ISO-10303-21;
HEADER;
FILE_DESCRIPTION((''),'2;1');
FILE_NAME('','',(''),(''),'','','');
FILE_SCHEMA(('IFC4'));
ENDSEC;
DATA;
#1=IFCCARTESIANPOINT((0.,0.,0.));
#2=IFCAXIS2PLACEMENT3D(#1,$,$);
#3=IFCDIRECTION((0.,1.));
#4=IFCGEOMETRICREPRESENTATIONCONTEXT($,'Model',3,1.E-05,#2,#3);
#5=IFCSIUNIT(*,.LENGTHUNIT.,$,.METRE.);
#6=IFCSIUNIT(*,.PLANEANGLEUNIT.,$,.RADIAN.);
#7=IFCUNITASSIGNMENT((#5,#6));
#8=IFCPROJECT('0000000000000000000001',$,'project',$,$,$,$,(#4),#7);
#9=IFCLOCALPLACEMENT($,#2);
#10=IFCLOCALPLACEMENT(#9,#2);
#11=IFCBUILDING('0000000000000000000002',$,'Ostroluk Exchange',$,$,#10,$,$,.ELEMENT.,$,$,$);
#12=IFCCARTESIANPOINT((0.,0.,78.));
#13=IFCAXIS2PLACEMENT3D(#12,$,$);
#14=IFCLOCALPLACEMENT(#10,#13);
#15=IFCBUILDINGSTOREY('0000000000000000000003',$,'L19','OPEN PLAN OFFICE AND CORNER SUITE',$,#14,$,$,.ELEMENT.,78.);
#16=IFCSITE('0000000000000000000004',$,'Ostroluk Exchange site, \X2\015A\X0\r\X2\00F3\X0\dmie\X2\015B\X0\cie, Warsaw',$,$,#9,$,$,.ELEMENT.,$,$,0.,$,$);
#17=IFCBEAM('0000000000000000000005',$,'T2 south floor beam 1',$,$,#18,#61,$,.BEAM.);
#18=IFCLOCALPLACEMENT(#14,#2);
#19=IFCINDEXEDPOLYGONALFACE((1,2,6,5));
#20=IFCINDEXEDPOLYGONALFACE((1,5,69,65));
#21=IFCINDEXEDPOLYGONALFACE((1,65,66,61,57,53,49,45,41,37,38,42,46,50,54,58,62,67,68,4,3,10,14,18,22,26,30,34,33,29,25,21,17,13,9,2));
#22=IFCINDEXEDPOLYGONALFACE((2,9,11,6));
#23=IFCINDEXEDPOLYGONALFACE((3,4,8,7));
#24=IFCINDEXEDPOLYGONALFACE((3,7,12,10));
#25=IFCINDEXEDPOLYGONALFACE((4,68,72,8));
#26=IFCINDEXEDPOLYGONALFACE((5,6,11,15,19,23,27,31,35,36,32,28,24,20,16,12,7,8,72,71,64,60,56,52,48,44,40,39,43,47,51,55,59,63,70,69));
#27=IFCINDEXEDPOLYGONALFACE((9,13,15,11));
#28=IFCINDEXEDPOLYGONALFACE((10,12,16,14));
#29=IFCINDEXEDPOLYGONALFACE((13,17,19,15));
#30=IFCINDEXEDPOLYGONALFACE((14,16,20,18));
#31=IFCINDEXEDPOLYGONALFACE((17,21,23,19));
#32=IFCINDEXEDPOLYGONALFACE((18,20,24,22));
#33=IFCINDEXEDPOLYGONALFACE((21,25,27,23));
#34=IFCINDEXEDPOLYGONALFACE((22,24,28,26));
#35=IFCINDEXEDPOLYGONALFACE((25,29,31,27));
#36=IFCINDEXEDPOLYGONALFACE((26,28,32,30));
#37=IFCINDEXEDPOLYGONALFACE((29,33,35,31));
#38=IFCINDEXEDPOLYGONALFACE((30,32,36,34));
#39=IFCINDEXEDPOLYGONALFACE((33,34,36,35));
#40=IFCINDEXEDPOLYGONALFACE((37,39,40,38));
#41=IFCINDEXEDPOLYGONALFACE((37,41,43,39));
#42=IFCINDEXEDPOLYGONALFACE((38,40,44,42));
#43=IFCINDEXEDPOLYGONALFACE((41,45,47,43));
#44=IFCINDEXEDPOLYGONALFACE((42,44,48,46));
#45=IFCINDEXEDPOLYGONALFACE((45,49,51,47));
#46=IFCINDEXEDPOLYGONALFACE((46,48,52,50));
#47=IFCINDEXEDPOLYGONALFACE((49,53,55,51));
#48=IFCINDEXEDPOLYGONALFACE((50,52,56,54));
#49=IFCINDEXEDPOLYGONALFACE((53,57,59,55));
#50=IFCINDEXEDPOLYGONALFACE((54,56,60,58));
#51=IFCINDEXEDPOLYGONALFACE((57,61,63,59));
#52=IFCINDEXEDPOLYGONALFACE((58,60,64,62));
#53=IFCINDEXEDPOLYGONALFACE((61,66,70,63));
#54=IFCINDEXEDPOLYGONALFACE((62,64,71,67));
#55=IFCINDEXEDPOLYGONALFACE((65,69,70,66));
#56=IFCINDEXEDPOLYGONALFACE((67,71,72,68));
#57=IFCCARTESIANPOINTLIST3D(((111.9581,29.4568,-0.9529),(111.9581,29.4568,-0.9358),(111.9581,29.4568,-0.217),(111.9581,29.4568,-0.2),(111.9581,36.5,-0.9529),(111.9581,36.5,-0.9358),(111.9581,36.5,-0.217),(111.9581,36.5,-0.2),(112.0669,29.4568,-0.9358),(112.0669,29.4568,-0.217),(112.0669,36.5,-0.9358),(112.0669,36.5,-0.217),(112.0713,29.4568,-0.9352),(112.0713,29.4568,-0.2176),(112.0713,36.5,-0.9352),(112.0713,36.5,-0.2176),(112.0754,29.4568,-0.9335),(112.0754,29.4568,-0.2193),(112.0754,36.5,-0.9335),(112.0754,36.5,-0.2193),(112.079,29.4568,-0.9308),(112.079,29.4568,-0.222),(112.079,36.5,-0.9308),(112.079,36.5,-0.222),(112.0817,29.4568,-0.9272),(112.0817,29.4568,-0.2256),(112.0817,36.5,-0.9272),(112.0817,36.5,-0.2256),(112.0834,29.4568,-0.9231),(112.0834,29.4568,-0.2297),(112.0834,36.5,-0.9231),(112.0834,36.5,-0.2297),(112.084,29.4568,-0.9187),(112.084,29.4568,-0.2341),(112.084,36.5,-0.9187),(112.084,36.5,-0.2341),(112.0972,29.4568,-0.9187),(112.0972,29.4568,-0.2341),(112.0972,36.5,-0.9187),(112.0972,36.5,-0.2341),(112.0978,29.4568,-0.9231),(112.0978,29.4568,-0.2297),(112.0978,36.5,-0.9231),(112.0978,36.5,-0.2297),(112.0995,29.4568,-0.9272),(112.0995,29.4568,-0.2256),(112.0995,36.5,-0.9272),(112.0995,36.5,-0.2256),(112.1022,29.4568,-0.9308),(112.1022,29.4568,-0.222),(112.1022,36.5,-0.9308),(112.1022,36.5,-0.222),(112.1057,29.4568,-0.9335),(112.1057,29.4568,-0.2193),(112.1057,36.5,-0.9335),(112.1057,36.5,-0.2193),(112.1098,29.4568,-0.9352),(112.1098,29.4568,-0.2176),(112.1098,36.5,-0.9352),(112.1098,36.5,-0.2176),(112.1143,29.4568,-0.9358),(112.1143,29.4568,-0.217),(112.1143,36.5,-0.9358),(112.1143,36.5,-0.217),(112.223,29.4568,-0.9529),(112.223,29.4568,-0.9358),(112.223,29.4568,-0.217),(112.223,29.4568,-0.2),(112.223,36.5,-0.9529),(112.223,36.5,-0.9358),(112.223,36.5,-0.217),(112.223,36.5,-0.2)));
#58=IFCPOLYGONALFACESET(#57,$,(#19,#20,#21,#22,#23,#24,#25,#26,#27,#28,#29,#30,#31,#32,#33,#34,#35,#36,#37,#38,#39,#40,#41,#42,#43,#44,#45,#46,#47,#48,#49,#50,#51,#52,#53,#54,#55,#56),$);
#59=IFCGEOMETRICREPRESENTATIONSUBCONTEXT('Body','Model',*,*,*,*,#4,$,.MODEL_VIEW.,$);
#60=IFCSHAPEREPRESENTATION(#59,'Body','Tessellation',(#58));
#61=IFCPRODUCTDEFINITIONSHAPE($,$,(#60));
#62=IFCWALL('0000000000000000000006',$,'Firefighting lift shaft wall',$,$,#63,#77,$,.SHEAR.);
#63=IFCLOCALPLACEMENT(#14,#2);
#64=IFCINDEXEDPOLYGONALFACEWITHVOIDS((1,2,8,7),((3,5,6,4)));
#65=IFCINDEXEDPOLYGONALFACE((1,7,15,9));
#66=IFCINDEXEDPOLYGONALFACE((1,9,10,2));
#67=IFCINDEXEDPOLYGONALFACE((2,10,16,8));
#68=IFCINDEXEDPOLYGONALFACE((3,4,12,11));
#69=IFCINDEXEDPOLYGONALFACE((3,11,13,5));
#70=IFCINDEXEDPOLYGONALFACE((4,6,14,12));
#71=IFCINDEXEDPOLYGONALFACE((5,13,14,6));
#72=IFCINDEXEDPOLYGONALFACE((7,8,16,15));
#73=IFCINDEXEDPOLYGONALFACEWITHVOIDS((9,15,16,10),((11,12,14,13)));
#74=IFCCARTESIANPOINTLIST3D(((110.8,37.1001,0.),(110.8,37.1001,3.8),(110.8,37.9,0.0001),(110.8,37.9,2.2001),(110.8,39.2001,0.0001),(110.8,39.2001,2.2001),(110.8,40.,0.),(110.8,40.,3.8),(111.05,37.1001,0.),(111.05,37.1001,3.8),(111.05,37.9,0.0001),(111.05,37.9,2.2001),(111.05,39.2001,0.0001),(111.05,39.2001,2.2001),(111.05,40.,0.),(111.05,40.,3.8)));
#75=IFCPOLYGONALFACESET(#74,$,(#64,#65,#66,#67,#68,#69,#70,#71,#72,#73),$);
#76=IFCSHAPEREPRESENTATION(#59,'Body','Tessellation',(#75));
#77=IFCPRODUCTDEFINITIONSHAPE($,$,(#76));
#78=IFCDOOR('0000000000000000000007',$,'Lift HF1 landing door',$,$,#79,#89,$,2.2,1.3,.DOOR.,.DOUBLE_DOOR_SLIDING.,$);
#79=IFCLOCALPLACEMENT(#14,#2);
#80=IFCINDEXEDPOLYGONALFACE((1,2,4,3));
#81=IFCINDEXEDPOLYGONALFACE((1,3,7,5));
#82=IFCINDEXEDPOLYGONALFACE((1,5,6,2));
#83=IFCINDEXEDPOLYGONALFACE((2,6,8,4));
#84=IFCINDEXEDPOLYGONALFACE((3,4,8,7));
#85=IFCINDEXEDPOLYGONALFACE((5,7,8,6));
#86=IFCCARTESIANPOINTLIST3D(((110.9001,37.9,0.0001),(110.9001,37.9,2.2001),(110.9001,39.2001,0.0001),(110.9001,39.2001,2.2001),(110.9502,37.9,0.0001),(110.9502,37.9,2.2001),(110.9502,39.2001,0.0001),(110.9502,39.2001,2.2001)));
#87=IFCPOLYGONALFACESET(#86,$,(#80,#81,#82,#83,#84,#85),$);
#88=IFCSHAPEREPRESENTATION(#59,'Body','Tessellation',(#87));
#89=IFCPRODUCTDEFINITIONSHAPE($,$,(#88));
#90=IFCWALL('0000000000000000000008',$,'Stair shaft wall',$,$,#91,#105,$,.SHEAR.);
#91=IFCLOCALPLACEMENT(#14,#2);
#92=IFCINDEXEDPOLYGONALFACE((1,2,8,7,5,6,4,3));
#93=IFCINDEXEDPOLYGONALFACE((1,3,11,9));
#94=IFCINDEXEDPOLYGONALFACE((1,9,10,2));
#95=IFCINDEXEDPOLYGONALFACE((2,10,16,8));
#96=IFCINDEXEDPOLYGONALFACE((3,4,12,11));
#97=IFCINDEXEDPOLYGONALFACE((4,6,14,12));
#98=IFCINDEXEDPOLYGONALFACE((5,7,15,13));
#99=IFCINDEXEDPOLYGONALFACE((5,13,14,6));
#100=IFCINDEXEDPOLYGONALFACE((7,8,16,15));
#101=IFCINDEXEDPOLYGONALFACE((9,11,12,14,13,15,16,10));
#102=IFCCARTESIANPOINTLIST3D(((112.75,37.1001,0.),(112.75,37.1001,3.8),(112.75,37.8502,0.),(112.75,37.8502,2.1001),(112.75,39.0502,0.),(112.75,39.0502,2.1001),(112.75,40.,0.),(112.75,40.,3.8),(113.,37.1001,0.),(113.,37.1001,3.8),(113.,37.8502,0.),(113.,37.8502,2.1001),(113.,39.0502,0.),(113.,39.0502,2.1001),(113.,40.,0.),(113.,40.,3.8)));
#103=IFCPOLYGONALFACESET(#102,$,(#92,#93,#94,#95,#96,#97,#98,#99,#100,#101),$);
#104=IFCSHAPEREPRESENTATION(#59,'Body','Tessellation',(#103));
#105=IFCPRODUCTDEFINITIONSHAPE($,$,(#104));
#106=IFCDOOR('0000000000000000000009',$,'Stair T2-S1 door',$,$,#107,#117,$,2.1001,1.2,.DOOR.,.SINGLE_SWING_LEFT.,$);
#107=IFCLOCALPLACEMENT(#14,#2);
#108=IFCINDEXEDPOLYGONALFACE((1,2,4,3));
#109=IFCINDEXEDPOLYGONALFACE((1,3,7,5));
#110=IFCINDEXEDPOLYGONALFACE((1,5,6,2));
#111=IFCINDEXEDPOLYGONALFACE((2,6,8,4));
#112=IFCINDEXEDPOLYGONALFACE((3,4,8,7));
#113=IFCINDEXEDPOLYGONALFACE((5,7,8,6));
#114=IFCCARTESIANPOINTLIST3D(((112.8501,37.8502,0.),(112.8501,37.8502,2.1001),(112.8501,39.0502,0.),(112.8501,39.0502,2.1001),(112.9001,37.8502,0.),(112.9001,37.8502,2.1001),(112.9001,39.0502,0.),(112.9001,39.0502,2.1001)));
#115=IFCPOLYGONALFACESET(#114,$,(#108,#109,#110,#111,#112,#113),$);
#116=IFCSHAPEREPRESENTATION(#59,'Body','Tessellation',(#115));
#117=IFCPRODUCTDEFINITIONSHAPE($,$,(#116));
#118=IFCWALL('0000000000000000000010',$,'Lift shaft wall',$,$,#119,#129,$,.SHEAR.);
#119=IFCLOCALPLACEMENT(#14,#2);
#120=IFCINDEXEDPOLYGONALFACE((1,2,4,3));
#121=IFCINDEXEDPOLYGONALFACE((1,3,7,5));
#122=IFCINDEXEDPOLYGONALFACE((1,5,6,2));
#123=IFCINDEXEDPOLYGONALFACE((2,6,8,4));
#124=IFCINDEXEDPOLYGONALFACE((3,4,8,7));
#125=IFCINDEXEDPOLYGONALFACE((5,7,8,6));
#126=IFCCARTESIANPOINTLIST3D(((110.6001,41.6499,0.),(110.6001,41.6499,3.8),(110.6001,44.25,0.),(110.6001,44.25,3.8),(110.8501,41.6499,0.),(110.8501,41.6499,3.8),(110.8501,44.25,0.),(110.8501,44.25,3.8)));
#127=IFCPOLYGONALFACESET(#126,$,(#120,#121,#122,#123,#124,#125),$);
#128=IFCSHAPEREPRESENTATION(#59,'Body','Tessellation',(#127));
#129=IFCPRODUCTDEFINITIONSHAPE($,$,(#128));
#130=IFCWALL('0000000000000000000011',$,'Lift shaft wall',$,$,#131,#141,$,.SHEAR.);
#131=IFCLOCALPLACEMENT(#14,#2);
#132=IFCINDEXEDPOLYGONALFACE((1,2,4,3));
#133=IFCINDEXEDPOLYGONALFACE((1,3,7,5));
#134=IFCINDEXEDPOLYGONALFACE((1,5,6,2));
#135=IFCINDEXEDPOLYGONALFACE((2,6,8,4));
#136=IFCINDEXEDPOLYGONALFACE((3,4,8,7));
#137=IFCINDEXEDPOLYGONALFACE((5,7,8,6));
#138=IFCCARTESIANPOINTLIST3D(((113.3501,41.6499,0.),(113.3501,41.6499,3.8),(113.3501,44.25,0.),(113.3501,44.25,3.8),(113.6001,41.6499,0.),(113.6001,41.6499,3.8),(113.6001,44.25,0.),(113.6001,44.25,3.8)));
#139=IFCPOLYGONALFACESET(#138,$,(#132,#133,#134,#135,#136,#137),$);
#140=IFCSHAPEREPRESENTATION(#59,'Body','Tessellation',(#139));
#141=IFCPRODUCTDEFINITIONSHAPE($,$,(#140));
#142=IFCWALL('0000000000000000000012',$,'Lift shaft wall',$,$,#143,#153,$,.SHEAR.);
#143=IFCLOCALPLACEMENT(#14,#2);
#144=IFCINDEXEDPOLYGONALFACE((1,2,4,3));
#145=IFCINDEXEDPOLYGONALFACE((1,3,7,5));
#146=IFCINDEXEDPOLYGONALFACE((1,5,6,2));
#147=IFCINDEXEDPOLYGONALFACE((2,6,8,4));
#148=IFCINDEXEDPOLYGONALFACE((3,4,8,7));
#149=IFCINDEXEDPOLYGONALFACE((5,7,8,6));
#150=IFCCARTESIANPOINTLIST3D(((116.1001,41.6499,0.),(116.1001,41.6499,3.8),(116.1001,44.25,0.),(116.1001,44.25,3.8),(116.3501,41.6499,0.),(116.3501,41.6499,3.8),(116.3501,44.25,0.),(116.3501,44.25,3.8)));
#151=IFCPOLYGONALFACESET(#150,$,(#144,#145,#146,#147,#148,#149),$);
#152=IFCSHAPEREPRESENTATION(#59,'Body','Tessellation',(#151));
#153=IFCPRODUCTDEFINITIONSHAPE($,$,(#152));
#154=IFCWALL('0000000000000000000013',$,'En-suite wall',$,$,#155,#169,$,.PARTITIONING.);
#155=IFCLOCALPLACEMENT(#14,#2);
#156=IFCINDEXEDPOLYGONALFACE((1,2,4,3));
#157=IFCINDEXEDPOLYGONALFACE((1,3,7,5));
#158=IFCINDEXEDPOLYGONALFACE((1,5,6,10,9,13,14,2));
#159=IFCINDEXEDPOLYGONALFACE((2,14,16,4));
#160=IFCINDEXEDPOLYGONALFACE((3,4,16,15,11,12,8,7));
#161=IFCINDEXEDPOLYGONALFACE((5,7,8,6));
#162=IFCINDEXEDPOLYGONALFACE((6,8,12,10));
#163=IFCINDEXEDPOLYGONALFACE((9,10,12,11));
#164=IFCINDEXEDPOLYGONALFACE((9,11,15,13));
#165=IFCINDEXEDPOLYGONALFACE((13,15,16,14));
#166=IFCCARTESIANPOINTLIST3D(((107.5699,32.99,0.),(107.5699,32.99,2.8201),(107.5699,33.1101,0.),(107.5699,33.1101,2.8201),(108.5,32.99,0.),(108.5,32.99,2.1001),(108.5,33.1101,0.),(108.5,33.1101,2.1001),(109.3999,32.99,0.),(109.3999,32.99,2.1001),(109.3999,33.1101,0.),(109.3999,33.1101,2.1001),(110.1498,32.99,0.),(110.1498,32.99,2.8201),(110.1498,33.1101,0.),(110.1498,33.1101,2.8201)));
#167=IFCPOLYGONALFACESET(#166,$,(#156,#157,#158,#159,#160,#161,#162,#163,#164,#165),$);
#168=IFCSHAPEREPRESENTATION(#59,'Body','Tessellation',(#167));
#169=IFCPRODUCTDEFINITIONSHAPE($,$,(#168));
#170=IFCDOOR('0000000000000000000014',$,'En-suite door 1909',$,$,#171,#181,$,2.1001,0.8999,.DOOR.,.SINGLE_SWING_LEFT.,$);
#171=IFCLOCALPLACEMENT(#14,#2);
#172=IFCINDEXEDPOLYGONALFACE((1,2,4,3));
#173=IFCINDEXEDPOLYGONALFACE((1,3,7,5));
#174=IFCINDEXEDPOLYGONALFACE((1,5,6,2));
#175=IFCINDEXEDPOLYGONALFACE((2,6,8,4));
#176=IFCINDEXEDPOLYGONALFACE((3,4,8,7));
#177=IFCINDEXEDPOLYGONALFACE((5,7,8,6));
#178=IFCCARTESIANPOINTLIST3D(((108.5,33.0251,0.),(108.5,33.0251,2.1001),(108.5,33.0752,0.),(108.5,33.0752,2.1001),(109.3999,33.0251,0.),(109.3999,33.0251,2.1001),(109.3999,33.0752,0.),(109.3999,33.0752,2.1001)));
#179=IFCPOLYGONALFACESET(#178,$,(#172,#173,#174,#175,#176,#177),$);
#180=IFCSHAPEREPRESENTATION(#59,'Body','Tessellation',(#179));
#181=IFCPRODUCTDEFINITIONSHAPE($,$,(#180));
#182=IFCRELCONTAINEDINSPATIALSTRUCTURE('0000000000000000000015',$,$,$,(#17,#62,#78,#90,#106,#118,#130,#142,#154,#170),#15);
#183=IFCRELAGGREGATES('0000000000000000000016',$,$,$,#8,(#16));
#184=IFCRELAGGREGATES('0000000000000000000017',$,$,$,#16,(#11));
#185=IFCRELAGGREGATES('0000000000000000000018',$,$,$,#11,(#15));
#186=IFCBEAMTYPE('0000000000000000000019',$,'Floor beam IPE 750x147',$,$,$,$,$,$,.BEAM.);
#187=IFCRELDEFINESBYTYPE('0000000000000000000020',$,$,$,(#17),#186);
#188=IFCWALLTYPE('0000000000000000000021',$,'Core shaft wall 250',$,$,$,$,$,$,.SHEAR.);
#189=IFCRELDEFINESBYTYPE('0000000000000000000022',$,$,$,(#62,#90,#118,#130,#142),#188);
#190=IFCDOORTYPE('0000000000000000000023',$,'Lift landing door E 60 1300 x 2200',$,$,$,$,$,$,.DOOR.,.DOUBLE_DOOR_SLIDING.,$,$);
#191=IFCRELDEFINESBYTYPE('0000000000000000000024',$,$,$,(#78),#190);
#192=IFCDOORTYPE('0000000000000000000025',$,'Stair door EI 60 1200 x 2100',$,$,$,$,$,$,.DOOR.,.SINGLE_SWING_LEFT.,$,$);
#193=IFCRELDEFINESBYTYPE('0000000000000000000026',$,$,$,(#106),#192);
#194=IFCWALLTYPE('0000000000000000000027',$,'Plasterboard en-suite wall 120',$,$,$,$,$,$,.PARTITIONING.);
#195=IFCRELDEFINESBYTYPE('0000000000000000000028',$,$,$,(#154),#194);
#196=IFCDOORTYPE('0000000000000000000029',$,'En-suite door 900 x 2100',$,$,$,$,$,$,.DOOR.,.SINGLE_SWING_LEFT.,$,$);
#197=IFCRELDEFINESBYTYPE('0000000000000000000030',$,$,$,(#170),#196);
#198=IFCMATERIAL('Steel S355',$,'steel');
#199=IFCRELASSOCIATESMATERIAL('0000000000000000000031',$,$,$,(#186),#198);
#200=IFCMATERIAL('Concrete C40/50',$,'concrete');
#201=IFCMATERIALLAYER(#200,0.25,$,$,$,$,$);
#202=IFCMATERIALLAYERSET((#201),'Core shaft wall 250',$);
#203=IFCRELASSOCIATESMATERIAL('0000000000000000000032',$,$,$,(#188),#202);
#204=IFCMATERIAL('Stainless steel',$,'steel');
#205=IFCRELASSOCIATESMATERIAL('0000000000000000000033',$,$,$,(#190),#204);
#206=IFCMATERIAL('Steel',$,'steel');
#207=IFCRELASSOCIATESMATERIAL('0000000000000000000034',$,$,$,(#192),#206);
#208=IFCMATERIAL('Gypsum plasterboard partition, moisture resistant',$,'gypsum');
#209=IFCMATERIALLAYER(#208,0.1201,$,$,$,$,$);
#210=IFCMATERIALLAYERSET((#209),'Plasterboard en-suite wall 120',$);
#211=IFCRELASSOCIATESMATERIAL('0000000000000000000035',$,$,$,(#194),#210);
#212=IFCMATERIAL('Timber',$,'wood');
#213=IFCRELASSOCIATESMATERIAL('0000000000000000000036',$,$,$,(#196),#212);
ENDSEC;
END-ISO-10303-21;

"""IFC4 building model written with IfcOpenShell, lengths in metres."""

from ifc_helpers import new_model, si_unit, direction, frame, frame_2d, origin, origin_2d, place, context, subcontext, project, spatial, rectangle, i_section, extrude, material, layer, layer_set, material_profile, profile_set, type_object, element, fill, save


model = new_model("IFC4")

# Units and contexts
model_context = context("Model", 3, precision=1e-05, world=origin(), true_north=direction((0.0, 1.0)))
body_context = subcontext(model_context, "Body", "Model", "MODEL_VIEW")
ifc_project = project(units=[si_unit("LENGTHUNIT", "METRE"), si_unit("PLANEANGLEUNIT", "RADIAN")], contexts=[model_context])

# Site, building, storey
site_placement = place(None, origin())
site = spatial("IfcSite", under=ifc_project, at=site_placement, Name="Ostroluk Exchange site, Śródmieście, Warsaw", CompositionType="ELEMENT", RefElevation=0.0)
building_placement = place(site_placement, origin())
building = spatial("IfcBuilding", under=site, at=building_placement, Name="Ostroluk Exchange", CompositionType="ELEMENT")
storey_placement = place(building_placement, frame((0.0, 0.0, 78.0)))
storey = spatial("IfcBuildingStorey", under=building, at=storey_placement, Name="L19", Description="OPEN PLAN OFFICE AND CORNER SUITE", CompositionType="ELEMENT", Elevation=78.0)

# Beam
ifc_material_1 = material(Name="Steel S355", Category="steel")
ifc_material_profile = material_profile(ifc_material_1, i_section(OverallWidth=0.2649, OverallDepth=0.7529, WebThickness=0.0132, FlangeThickness=0.0171, FilletRadius=0.0171, at=origin_2d()), Name="IPE 750x147")
ifc_profile_set = profile_set([ifc_material_profile], Name="Steel S355")
beam_type = type_object("IfcBeamType", Name="Floor beam IPE 750x147", PredefinedType="BEAM", material=ifc_profile_set)
beam_placement = place(storey_placement, frame((112.0906, 36.5, -0.5764), z_axis=(0.0, -1.0, 0.0), x_axis=(1.0, 0.0, 0.0)))
element("IfcBeam", 1, at=beam_placement, inside=storey, type_object=beam_type, Name="T2 south floor beam 1", PredefinedType="BEAM", context=body_context, shape_type="SweptSolid", body=[
    extrude(i_section(OverallWidth=0.2649, OverallDepth=0.7529, WebThickness=0.0132, FlangeThickness=0.0171, FilletRadius=0.0171, at=origin_2d()), origin(), (0.0, 0.0, 1.0), 7.0432),
])

# Walls, openings, doors
ifc_material_2 = material(Name="Concrete C40/50", Category="concrete")
ifc_layer_1 = layer(ifc_material_2, 0.25)
ifc_layer_set_1 = layer_set([ifc_layer_1], Name="Core shaft wall 250")
wall_type_1 = type_object("IfcWallType", Name="Core shaft wall 250", PredefinedType="SHEAR", material=ifc_layer_set_1)
wall_1_placement = place(storey_placement, frame((110.925, 37.1001, 0.0), z_axis=(0.0, 0.0, 1.0), x_axis=(0.0, 1.0, 0.0)))
wall_1 = element("IfcWall", 2, at=wall_1_placement, inside=storey, type_object=wall_type_1, Name="Firefighting lift shaft wall", PredefinedType="SHEAR", context=body_context, shape_type="SweptSolid", body=[
    extrude(rectangle(XDim=2.8999, YDim=0.25, at=frame_2d((1.45, 0.0))), origin(), (0.0, 0.0, 1.0), 3.8),
])
opening_1_placement = place(wall_1_placement, frame((0.8, 0.0, 0.0)))
opening_1 = element("IfcOpeningElement", 3, at=opening_1_placement, cuts=wall_1, PredefinedType="OPENING", context=body_context, shape_type="SweptSolid", body=[
    extrude(rectangle(XDim=1.3, YDim=2.2, at=frame_2d((0.6499, 1.1001))), frame((0.0, 0.135, 0.0), z_axis=(0.0, -1.0, 0.0), x_axis=(1.0, 0.0, 0.0)), (0.0, 0.0, 1.0), 0.27),
])
ifc_material_3 = material(Name="Stainless steel", Category="steel")
door_type_1 = type_object("IfcDoorType", Name="Lift landing door E 60 1300 x 2200", OperationType="DOUBLE_DOOR_SLIDING", PredefinedType="DOOR", material=ifc_material_3)
door_1_placement = place(opening_1_placement, origin())
door_1 = element("IfcDoor", 4, at=door_1_placement, inside=storey, type_object=door_type_1, Name="Lift HF1 landing door", OperationType="DOUBLE_DOOR_SLIDING", OverallHeight=2.2, OverallWidth=1.3, PredefinedType="DOOR", context=body_context, shape_type="SweptSolid", body=[
    extrude(rectangle(XDim=1.3, YDim=2.2, at=frame_2d((0.6499, 1.1001))), frame((0.0, 0.0249, 0.0), z_axis=(0.0, -1.0, 0.0), x_axis=(1.0, 0.0, 0.0)), (0.0, 0.0, 1.0), 0.05),
])
fill(opening_1, door_1)
wall_2_placement = place(storey_placement, frame((112.875, 37.1001, 0.0), z_axis=(0.0, 0.0, 1.0), x_axis=(0.0, 1.0, 0.0)))
wall_2 = element("IfcWall", 5, at=wall_2_placement, inside=storey, type_object=wall_type_1, Name="Stair shaft wall", PredefinedType="SHEAR", context=body_context, shape_type="SweptSolid", body=[
    extrude(rectangle(XDim=2.8999, YDim=0.25, at=frame_2d((1.45, 0.0))), origin(), (0.0, 0.0, 1.0), 3.8),
])
opening_2_placement = place(wall_2_placement, frame((0.75, 0.0, 0.0)))
opening_2 = element("IfcOpeningElement", 6, at=opening_2_placement, cuts=wall_2, PredefinedType="OPENING", context=body_context, shape_type="SweptSolid", body=[
    extrude(rectangle(XDim=1.2, YDim=2.1001, at=frame_2d((0.6001, 1.05))), frame((0.0, 0.135, 0.0), z_axis=(0.0, -1.0, 0.0), x_axis=(1.0, 0.0, 0.0)), (0.0, 0.0, 1.0), 0.27),
])
ifc_material_4 = material(Name="Steel", Category="steel")
door_type_2 = type_object("IfcDoorType", Name="Stair door EI 60 1200 x 2100", OperationType="SINGLE_SWING_LEFT", PredefinedType="DOOR", material=ifc_material_4)
door_2_placement = place(opening_2_placement, origin())
door_2 = element("IfcDoor", 7, at=door_2_placement, inside=storey, type_object=door_type_2, Name="Stair T2-S1 door", OperationType="SINGLE_SWING_LEFT", OverallHeight=2.1001, OverallWidth=1.2, PredefinedType="DOOR", context=body_context, shape_type="SweptSolid", body=[
    extrude(rectangle(XDim=1.2, YDim=2.1001, at=frame_2d((0.6001, 1.05))), frame((0.0, 0.0249, 0.0), z_axis=(0.0, -1.0, 0.0), x_axis=(1.0, 0.0, 0.0)), (0.0, 0.0, 1.0), 0.05),
])
fill(opening_2, door_2)

# Walls
for number, where, z_axis, x_axis, name in (
    (8, (110.7251, 44.25, 0.0), (0.0, 0.0, 1.0), (0.0, -1.0, 0.0), "Lift shaft wall"),
    (9, (113.4751, 44.25, 0.0), (0.0, 0.0, 1.0), (0.0, -1.0, 0.0), "Lift shaft wall"),
    (10, (116.2251, 44.25, 0.0), (0.0, 0.0, 1.0), (0.0, -1.0, 0.0), "Lift shaft wall"),
):
    element("IfcWall", number, at=place(storey_placement, frame(where, z_axis=z_axis, x_axis=x_axis)), inside=storey, type_object=wall_type_1, Name=name, PredefinedType="SHEAR", context=body_context, shape_type="SweptSolid", body=[
        extrude(rectangle(XDim=2.6001, YDim=0.25, at=frame_2d((1.3, 0.0))), origin(), (0.0, 0.0, 1.0), 3.8),
    ])

# Wall, opening, door
ifc_material_5 = material(Name="Gypsum plasterboard partition, moisture resistant", Category="gypsum")
ifc_layer_2 = layer(ifc_material_5, 0.1201)
ifc_layer_set_2 = layer_set([ifc_layer_2], Name="Plasterboard en-suite wall 120")
wall_type_2 = type_object("IfcWallType", Name="Plasterboard en-suite wall 120", PredefinedType="PARTITIONING", material=ifc_layer_set_2)
wall_3_placement = place(storey_placement, frame((110.1499, 33.05, 0.0), z_axis=(0.0, 0.0, 1.0), x_axis=(-1.0, 0.0, 0.0)))
wall_3 = element("IfcWall", 11, at=wall_3_placement, inside=storey, type_object=wall_type_2, Name="En-suite wall", PredefinedType="PARTITIONING", context=body_context, shape_type="SweptSolid", body=[
    extrude(rectangle(XDim=2.5798, YDim=0.1201, at=frame_2d((1.29, 0.0))), origin(), (0.0, 0.0, 1.0), 2.8201),
])
opening_3_placement = place(wall_3_placement, frame((0.75, 0.0, 0.0)))
opening_3 = element("IfcOpeningElement", 12, at=opening_3_placement, cuts=wall_3, PredefinedType="OPENING", context=body_context, shape_type="SweptSolid", body=[
    extrude(rectangle(XDim=0.8999, YDim=2.1001, at=frame_2d((0.45, 1.05))), frame((0.0, 0.0701, 0.0), z_axis=(0.0, -1.0, 0.0), x_axis=(1.0, 0.0, 0.0)), (0.0, 0.0, 1.0), 0.1401),
])
ifc_material_6 = material(Name="Timber", Category="wood")
door_type_3 = type_object("IfcDoorType", Name="En-suite door 900 x 2100", OperationType="SINGLE_SWING_LEFT", PredefinedType="DOOR", material=ifc_material_6)
door_3_placement = place(opening_3_placement, origin())
door_3 = element("IfcDoor", 13, at=door_3_placement, inside=storey, type_object=door_type_3, Name="En-suite door 1909", OperationType="SINGLE_SWING_LEFT", OverallHeight=2.1001, OverallWidth=0.8999, PredefinedType="DOOR", context=body_context, shape_type="SweptSolid", body=[
    extrude(rectangle(XDim=0.8999, YDim=2.1001, at=frame_2d((0.45, 1.05))), frame((0.0, 0.0249, 0.0), z_axis=(0.0, -1.0, 0.0), x_axis=(1.0, 0.0, 0.0)), (0.0, 0.0, 1.0), 0.05),
])
fill(opening_3, door_3)

save(model, "model.ifc")
